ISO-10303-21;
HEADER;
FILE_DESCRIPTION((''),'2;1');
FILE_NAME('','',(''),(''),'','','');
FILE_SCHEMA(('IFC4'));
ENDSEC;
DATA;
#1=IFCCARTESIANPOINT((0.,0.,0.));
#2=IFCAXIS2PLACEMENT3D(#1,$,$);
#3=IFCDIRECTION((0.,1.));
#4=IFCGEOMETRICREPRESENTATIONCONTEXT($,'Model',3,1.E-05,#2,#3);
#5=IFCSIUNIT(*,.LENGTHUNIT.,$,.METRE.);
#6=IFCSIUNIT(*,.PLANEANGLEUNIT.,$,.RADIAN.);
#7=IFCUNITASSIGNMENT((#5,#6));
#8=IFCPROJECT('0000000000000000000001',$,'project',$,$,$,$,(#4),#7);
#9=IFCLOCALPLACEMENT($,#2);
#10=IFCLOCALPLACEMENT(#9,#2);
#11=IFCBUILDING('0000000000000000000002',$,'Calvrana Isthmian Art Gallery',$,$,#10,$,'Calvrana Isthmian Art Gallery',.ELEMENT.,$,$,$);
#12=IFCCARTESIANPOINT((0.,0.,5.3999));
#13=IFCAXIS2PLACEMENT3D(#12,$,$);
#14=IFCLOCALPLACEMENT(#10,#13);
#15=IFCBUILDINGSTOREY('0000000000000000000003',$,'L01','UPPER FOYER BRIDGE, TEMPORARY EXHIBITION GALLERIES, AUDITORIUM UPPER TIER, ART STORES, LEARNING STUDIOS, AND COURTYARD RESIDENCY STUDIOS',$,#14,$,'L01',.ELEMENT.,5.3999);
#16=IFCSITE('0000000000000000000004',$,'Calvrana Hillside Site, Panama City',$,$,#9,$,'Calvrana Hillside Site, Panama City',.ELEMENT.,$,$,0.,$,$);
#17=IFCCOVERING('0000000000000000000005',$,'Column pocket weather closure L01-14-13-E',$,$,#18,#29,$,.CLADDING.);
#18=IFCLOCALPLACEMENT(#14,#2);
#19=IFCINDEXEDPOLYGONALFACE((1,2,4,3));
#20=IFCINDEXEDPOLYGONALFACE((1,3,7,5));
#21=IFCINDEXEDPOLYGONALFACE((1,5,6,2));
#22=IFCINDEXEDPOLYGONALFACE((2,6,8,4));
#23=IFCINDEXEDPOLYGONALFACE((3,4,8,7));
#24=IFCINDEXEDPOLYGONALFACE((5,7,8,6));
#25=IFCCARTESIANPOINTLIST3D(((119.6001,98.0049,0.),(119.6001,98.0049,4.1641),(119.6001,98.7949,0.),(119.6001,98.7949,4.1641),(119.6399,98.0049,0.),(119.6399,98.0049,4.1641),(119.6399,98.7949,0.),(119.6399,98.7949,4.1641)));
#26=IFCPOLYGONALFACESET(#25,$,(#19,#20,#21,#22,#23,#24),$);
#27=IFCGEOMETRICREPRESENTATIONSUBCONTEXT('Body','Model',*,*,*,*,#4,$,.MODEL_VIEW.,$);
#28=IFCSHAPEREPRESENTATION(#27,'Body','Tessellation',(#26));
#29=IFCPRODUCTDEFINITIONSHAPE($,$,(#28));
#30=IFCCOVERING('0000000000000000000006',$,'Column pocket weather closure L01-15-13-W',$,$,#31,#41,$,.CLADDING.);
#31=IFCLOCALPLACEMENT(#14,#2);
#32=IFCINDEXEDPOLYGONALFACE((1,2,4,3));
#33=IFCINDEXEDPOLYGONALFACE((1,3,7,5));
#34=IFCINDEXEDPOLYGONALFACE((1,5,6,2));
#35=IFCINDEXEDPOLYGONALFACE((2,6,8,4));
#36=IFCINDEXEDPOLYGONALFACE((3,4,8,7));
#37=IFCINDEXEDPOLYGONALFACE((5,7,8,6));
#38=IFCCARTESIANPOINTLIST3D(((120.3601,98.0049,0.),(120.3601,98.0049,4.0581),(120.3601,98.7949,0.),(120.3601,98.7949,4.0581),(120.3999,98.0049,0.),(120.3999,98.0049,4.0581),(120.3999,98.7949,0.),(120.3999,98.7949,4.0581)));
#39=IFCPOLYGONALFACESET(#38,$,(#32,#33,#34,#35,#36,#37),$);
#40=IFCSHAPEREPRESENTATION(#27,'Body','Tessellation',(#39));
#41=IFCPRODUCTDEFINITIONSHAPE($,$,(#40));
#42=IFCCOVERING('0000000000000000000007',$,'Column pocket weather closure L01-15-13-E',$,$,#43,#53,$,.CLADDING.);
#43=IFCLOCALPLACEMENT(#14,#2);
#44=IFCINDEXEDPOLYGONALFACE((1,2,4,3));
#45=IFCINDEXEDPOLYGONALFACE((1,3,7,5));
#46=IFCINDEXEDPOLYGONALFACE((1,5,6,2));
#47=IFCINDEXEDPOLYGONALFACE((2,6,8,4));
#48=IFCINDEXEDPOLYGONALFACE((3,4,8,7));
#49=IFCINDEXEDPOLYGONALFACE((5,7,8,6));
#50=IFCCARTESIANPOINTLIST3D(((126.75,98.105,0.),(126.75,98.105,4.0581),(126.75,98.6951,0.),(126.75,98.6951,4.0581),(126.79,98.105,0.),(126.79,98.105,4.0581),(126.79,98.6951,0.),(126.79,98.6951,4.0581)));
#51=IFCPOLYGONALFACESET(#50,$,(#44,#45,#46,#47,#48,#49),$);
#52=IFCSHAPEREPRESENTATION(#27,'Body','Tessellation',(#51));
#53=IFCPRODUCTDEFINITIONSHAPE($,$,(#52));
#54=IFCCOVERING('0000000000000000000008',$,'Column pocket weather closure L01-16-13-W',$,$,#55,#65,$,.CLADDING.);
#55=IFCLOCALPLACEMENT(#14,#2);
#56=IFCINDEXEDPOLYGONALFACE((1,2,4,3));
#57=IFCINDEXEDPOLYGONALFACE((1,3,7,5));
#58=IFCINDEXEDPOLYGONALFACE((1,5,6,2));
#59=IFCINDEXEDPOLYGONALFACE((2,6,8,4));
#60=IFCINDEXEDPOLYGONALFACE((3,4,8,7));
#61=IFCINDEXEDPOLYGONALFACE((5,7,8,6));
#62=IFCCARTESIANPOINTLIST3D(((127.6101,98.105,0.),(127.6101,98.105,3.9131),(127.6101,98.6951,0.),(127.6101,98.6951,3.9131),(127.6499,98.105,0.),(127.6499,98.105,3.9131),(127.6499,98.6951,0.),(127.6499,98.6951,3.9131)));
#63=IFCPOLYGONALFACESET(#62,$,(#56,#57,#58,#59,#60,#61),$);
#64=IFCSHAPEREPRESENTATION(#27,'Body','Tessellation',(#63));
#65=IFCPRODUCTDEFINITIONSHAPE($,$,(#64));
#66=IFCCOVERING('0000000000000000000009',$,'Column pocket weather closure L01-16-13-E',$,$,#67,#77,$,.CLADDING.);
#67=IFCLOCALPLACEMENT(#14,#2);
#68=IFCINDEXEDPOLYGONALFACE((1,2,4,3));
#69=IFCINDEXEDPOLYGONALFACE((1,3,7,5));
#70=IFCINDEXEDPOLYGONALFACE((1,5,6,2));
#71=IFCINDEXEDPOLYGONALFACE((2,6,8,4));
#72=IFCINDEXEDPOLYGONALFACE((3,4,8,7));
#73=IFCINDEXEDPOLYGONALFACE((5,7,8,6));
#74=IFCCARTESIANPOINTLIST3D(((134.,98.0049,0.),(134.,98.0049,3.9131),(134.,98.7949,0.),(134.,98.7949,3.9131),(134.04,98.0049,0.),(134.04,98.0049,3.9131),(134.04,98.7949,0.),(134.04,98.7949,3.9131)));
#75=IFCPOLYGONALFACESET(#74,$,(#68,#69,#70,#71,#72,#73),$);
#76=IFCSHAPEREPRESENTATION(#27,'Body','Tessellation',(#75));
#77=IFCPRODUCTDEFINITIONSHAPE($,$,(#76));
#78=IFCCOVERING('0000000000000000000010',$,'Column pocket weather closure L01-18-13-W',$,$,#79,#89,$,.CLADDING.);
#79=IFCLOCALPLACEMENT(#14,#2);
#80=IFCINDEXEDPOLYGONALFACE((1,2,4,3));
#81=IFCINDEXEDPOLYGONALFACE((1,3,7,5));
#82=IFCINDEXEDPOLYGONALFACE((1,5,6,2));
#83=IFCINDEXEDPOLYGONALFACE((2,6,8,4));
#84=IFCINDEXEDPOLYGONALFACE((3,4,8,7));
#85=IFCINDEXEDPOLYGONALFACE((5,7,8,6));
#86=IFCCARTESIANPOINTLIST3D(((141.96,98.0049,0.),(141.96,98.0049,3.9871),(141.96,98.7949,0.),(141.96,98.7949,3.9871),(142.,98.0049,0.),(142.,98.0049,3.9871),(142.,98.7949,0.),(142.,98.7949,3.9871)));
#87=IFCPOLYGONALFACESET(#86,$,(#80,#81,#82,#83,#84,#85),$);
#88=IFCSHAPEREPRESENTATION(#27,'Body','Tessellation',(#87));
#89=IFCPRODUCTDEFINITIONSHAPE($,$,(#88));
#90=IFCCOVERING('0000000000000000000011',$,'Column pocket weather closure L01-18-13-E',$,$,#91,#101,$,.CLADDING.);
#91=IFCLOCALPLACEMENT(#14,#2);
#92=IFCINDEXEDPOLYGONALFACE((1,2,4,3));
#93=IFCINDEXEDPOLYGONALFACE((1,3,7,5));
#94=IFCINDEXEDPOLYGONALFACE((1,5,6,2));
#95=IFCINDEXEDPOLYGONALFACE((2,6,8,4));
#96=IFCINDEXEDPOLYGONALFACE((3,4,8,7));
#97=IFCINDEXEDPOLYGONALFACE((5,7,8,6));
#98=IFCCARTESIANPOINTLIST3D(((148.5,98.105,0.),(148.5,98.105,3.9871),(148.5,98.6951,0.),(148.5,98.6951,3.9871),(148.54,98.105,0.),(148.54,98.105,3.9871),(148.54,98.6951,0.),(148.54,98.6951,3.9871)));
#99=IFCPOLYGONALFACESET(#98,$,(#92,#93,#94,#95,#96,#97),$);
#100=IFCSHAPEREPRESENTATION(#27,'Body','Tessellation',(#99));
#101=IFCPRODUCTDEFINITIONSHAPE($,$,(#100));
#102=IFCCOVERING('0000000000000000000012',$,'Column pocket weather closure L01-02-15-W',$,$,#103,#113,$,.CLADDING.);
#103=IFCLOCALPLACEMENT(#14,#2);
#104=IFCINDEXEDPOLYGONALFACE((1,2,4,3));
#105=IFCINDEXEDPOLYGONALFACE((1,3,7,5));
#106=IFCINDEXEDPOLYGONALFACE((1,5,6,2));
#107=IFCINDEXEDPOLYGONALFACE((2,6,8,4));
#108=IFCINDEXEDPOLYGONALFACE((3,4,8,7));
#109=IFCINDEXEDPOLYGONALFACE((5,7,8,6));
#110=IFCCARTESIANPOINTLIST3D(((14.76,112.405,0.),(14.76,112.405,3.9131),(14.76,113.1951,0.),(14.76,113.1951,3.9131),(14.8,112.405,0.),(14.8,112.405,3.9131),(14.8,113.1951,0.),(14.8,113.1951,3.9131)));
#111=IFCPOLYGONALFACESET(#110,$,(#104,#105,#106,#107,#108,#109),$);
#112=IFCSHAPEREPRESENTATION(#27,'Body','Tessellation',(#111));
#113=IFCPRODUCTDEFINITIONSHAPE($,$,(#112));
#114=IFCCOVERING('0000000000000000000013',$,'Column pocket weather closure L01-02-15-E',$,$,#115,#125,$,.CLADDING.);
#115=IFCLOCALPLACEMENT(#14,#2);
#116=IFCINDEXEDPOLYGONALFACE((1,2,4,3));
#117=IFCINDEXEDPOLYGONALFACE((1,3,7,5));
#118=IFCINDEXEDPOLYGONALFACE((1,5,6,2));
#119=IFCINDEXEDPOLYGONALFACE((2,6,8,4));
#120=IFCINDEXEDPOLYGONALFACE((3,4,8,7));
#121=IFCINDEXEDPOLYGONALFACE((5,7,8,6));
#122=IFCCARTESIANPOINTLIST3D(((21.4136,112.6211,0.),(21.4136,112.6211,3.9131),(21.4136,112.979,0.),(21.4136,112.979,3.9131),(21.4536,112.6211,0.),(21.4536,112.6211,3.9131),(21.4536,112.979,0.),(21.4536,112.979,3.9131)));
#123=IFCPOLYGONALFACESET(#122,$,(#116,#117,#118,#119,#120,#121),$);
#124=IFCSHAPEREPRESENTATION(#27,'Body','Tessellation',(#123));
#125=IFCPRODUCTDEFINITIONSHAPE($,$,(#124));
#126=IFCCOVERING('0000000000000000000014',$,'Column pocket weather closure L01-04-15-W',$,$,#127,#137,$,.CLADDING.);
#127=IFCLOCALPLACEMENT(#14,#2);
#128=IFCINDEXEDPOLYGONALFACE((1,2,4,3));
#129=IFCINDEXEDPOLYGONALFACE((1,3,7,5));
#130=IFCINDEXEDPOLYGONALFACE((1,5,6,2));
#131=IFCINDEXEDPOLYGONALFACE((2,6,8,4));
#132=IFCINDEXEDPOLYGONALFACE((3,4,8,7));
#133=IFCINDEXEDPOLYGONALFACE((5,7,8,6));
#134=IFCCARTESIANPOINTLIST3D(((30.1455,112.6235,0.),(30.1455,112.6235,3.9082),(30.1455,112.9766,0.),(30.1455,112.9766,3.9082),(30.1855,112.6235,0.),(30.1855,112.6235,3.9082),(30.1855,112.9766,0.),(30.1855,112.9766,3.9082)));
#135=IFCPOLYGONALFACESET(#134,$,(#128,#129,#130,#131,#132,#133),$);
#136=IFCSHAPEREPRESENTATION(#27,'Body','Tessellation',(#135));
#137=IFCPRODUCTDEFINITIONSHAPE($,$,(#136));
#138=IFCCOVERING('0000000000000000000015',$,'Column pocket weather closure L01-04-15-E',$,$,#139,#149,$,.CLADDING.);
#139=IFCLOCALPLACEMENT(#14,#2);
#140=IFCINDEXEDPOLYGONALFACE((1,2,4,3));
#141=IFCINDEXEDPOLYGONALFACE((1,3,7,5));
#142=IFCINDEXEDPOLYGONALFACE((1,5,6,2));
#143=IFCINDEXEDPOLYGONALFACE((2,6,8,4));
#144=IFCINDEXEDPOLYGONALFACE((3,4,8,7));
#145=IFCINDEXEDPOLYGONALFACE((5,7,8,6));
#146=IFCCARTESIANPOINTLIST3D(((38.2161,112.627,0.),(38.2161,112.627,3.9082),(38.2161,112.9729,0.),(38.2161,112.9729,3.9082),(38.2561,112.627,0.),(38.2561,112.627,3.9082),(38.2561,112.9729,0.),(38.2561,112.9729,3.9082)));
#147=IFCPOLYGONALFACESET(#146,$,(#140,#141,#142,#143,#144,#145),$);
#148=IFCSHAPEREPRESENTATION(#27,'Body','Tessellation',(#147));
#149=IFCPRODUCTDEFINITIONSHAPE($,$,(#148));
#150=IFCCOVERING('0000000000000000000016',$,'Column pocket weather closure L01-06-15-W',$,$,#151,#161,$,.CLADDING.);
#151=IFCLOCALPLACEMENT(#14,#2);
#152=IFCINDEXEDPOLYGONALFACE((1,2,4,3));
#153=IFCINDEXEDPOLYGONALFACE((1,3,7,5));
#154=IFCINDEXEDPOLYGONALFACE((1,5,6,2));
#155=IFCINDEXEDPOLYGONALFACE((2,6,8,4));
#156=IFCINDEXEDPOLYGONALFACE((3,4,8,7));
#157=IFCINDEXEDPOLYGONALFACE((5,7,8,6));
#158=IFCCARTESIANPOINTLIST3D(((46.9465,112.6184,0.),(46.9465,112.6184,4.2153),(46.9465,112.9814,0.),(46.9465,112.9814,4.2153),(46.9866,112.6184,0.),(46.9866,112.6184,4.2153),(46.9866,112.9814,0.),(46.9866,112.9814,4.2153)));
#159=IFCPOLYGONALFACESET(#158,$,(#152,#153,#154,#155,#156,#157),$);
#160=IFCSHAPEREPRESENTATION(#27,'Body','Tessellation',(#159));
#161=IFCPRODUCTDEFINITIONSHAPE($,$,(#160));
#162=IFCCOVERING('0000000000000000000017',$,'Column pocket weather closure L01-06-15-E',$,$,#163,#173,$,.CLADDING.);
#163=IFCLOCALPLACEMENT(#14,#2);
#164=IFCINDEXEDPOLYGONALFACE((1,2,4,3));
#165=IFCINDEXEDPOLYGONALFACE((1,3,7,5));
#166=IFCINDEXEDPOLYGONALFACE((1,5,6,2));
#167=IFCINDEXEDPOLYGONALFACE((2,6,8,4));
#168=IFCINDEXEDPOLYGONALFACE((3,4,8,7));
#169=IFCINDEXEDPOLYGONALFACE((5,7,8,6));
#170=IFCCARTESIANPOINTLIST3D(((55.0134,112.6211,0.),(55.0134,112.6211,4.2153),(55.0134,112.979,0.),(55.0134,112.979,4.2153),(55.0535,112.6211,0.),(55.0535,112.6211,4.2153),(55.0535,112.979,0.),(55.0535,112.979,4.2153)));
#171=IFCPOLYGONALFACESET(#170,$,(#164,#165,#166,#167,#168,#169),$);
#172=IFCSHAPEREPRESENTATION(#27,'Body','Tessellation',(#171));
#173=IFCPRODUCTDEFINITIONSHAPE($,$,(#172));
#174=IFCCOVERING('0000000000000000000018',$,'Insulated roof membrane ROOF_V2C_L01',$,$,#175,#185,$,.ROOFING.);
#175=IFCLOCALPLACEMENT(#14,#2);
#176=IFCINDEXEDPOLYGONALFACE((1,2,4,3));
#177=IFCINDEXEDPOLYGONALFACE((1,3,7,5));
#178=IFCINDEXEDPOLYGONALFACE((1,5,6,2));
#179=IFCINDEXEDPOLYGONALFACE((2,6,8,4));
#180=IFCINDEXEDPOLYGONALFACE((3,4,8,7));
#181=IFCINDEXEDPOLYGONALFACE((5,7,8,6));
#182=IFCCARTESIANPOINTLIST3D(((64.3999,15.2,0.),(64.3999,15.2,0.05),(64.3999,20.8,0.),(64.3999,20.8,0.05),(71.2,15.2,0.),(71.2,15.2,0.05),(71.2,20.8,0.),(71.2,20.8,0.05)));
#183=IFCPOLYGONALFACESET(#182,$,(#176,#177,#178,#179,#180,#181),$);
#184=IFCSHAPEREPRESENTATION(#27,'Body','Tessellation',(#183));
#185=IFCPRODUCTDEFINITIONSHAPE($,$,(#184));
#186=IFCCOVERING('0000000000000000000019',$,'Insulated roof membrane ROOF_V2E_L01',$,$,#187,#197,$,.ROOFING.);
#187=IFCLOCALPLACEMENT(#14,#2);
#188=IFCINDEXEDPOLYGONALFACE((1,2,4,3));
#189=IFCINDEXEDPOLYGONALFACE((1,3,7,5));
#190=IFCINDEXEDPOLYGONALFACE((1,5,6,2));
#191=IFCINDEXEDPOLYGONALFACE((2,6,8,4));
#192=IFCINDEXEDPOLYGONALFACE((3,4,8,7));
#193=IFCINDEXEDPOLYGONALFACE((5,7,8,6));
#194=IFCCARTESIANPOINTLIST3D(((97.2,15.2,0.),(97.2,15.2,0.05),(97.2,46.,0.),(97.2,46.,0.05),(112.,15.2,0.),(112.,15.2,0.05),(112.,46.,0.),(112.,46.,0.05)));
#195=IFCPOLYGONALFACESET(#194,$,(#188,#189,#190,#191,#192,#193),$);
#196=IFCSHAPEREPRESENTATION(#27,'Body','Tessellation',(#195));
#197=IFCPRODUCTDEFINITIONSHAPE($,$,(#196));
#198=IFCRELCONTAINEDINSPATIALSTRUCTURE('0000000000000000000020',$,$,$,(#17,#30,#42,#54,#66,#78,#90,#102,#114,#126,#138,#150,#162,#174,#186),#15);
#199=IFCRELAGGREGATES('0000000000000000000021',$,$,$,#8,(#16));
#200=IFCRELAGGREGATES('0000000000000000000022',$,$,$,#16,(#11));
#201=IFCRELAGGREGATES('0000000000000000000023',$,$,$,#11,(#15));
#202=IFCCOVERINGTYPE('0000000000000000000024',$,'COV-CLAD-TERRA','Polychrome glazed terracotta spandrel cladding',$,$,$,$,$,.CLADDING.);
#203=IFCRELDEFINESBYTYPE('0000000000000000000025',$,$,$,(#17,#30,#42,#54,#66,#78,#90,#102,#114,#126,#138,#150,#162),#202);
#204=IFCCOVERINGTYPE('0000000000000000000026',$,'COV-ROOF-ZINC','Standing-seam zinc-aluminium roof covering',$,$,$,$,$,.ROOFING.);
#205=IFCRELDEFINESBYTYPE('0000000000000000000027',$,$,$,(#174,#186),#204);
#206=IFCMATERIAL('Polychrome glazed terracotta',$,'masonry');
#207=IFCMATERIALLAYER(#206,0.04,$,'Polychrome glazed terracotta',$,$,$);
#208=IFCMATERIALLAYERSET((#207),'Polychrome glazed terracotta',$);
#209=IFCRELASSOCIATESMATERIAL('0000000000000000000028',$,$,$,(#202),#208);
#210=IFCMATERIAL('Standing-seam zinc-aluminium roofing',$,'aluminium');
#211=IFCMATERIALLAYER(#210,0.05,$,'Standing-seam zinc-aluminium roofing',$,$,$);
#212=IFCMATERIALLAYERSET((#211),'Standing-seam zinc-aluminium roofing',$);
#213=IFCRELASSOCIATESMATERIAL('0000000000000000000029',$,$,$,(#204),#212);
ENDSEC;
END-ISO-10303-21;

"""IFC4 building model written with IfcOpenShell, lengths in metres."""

from ifc_helpers import new_model, si_unit, direction, frame, origin, place, context, subcontext, project, spatial, polyline, outline, extrude, material, layer, layer_set, type_object, element, save


model = new_model("IFC4")

# Units and contexts
model_context = context("Model", 3, precision=1e-05, world=origin(), true_north=direction((0.0, 1.0)))
body_context = subcontext(model_context, "Body", "Model", "MODEL_VIEW")
ifc_project = project(units=[si_unit("LENGTHUNIT", "METRE"), si_unit("PLANEANGLEUNIT", "RADIAN")], contexts=[model_context])

# Site, building, storey
site_placement = place(None, origin())
site = spatial("IfcSite", under=ifc_project, at=site_placement, Name="Calvrana Hillside Site, Panama City", LongName="Calvrana Hillside Site, Panama City", CompositionType="ELEMENT", RefElevation=0.0)
building_placement = place(site_placement, origin())
building = spatial("IfcBuilding", under=site, at=building_placement, Name="Calvrana Isthmian Art Gallery", LongName="Calvrana Isthmian Art Gallery", CompositionType="ELEMENT")
storey_placement = place(building_placement, frame((0.0, 0.0, 5.3999)))
storey = spatial("IfcBuildingStorey", under=building, at=storey_placement, Name="L01", Description="UPPER FOYER BRIDGE, TEMPORARY EXHIBITION GALLERIES, AUDITORIUM UPPER TIER, ART STORES, LEARNING STUDIOS, AND COURTYARD RESIDENCY STUDIOS", LongName="L01", CompositionType="ELEMENT", Elevation=5.3999)

# Coverings
ifc_material_1 = material(Name="Polychrome glazed terracotta", Category="masonry")
ifc_layer_1 = layer(ifc_material_1, 0.04, Name="Polychrome glazed terracotta")
ifc_layer_set_1 = layer_set([ifc_layer_1], Name="Polychrome glazed terracotta")
covering_type_1 = type_object("IfcCoveringType", Name="COV-CLAD-TERRA", Description="Polychrome glazed terracotta spandrel cladding", PredefinedType="CLADDING", material=ifc_layer_set_1)
covering_1_placement = place(storey_placement, origin())
element("IfcCovering", 1, at=covering_1_placement, inside=storey, type_object=covering_type_1, Name="Column pocket weather closure L01-14-13-E", PredefinedType="CLADDING", context=body_context, shape_type="SweptSolid", body=[
    extrude(outline(polyline([(119.6001, 98.0049), (119.6399, 98.0049), (119.6399, 98.7949), (119.6001, 98.7949), (119.6001, 98.0049)])), origin(), (0.0, 0.0, 1.0), 4.1641),
])
covering_2_placement = place(storey_placement, origin())
element("IfcCovering", 2, at=covering_2_placement, inside=storey, type_object=covering_type_1, Name="Column pocket weather closure L01-15-13-W", PredefinedType="CLADDING", context=body_context, shape_type="SweptSolid", body=[
    extrude(outline(polyline([(120.3601, 98.0049), (120.3999, 98.0049), (120.3999, 98.7949), (120.3601, 98.7949), (120.3601, 98.0049)])), origin(), (0.0, 0.0, 1.0), 4.0581),
])
covering_3_placement = place(storey_placement, origin())
element("IfcCovering", 3, at=covering_3_placement, inside=storey, type_object=covering_type_1, Name="Column pocket weather closure L01-15-13-E", PredefinedType="CLADDING", context=body_context, shape_type="SweptSolid", body=[
    extrude(outline(polyline([(126.75, 98.105), (126.79, 98.105), (126.79, 98.6951), (126.75, 98.6951), (126.75, 98.105)])), origin(), (0.0, 0.0, 1.0), 4.0581),
])
covering_4_placement = place(storey_placement, origin())
element("IfcCovering", 4, at=covering_4_placement, inside=storey, type_object=covering_type_1, Name="Column pocket weather closure L01-16-13-W", PredefinedType="CLADDING", context=body_context, shape_type="SweptSolid", body=[
    extrude(outline(polyline([(127.6101, 98.105), (127.6499, 98.105), (127.6499, 98.6951), (127.6101, 98.6951), (127.6101, 98.105)])), origin(), (0.0, 0.0, 1.0), 3.9131),
])
covering_5_placement = place(storey_placement, origin())
element("IfcCovering", 5, at=covering_5_placement, inside=storey, type_object=covering_type_1, Name="Column pocket weather closure L01-16-13-E", PredefinedType="CLADDING", context=body_context, shape_type="SweptSolid", body=[
    extrude(outline(polyline([(134.0, 98.0049), (134.04, 98.0049), (134.04, 98.7949), (134.0, 98.7949), (134.0, 98.0049)])), origin(), (0.0, 0.0, 1.0), 3.9131),
])
covering_6_placement = place(storey_placement, origin())
element("IfcCovering", 6, at=covering_6_placement, inside=storey, type_object=covering_type_1, Name="Column pocket weather closure L01-18-13-W", PredefinedType="CLADDING", context=body_context, shape_type="SweptSolid", body=[
    extrude(outline(polyline([(141.96, 98.0049), (142.0, 98.0049), (142.0, 98.7949), (141.96, 98.7949), (141.96, 98.0049)])), origin(), (0.0, 0.0, 1.0), 3.9871),
])
covering_7_placement = place(storey_placement, origin())
element("IfcCovering", 7, at=covering_7_placement, inside=storey, type_object=covering_type_1, Name="Column pocket weather closure L01-18-13-E", PredefinedType="CLADDING", context=body_context, shape_type="SweptSolid", body=[
    extrude(outline(polyline([(148.5, 98.105), (148.54, 98.105), (148.54, 98.6951), (148.5, 98.6951), (148.5, 98.105)])), origin(), (0.0, 0.0, 1.0), 3.9871),
])
covering_8_placement = place(storey_placement, origin())
element("IfcCovering", 8, at=covering_8_placement, inside=storey, type_object=covering_type_1, Name="Column pocket weather closure L01-02-15-W", PredefinedType="CLADDING", context=body_context, shape_type="SweptSolid", body=[
    extrude(outline(polyline([(14.76, 112.405), (14.8, 112.405), (14.8, 113.1951), (14.76, 113.1951), (14.76, 112.405)])), origin(), (0.0, 0.0, 1.0), 3.9131),
])
covering_9_placement = place(storey_placement, origin())
element("IfcCovering", 9, at=covering_9_placement, inside=storey, type_object=covering_type_1, Name="Column pocket weather closure L01-02-15-E", PredefinedType="CLADDING", context=body_context, shape_type="SweptSolid", body=[
    extrude(outline(polyline([(21.4136, 112.6211), (21.4536, 112.6211), (21.4536, 112.979), (21.4136, 112.979), (21.4136, 112.6211)])), origin(), (0.0, 0.0, 1.0), 3.9131),
])
covering_10_placement = place(storey_placement, origin())
element("IfcCovering", 10, at=covering_10_placement, inside=storey, type_object=covering_type_1, Name="Column pocket weather closure L01-04-15-W", PredefinedType="CLADDING", context=body_context, shape_type="SweptSolid", body=[
    extrude(outline(polyline([(30.1455, 112.6235), (30.1855, 112.6235), (30.1855, 112.9766), (30.1455, 112.9766), (30.1455, 112.6235)])), origin(), (0.0, 0.0, 1.0), 3.9082),
])
covering_11_placement = place(storey_placement, origin())
element("IfcCovering", 11, at=covering_11_placement, inside=storey, type_object=covering_type_1, Name="Column pocket weather closure L01-04-15-E", PredefinedType="CLADDING", context=body_context, shape_type="SweptSolid", body=[
    extrude(outline(polyline([(38.2161, 112.627), (38.2561, 112.627), (38.2561, 112.9729), (38.2161, 112.9729), (38.2161, 112.627)])), origin(), (0.0, 0.0, 1.0), 3.9082),
])
covering_12_placement = place(storey_placement, origin())
element("IfcCovering", 12, at=covering_12_placement, inside=storey, type_object=covering_type_1, Name="Column pocket weather closure L01-06-15-W", PredefinedType="CLADDING", context=body_context, shape_type="SweptSolid", body=[
    extrude(outline(polyline([(46.9465, 112.6184), (46.9866, 112.6184), (46.9866, 112.9814), (46.9465, 112.9814), (46.9465, 112.6184)])), origin(), (0.0, 0.0, 1.0), 4.2153),
])
covering_13_placement = place(storey_placement, origin())
element("IfcCovering", 13, at=covering_13_placement, inside=storey, type_object=covering_type_1, Name="Column pocket weather closure L01-06-15-E", PredefinedType="CLADDING", context=body_context, shape_type="SweptSolid", body=[
    extrude(outline(polyline([(55.0134, 112.6211), (55.0535, 112.6211), (55.0535, 112.979), (55.0134, 112.979), (55.0134, 112.6211)])), origin(), (0.0, 0.0, 1.0), 4.2153),
])
ifc_material_2 = material(Name="Standing-seam zinc-aluminium roofing", Category="aluminium")
ifc_layer_2 = layer(ifc_material_2, 0.05, Name="Standing-seam zinc-aluminium roofing")
ifc_layer_set_2 = layer_set([ifc_layer_2], Name="Standing-seam zinc-aluminium roofing")
covering_type_2 = type_object("IfcCoveringType", Name="COV-ROOF-ZINC", Description="Standing-seam zinc-aluminium roof covering", PredefinedType="ROOFING", material=ifc_layer_set_2)
covering_14_placement = place(storey_placement, origin())
element("IfcCovering", 14, at=covering_14_placement, inside=storey, type_object=covering_type_2, Name="Insulated roof membrane ROOF_V2C_L01", PredefinedType="ROOFING", context=body_context, shape_type="SweptSolid", body=[
    extrude(outline(polyline([(64.3999, 15.2), (71.2, 15.2), (71.2, 20.8), (64.3999, 20.8), (64.3999, 15.2)])), origin(), (0.0, 0.0, 1.0), 0.05),
])
covering_15_placement = place(storey_placement, origin())
element("IfcCovering", 15, at=covering_15_placement, inside=storey, type_object=covering_type_2, Name="Insulated roof membrane ROOF_V2E_L01", PredefinedType="ROOFING", context=body_context, shape_type="SweptSolid", body=[
    extrude(outline(polyline([(97.2, 15.2), (112.0, 15.2), (112.0, 46.0), (97.2, 46.0), (97.2, 15.2)])), origin(), (0.0, 0.0, 1.0), 0.05),
])

save(model, "model.ifc")
